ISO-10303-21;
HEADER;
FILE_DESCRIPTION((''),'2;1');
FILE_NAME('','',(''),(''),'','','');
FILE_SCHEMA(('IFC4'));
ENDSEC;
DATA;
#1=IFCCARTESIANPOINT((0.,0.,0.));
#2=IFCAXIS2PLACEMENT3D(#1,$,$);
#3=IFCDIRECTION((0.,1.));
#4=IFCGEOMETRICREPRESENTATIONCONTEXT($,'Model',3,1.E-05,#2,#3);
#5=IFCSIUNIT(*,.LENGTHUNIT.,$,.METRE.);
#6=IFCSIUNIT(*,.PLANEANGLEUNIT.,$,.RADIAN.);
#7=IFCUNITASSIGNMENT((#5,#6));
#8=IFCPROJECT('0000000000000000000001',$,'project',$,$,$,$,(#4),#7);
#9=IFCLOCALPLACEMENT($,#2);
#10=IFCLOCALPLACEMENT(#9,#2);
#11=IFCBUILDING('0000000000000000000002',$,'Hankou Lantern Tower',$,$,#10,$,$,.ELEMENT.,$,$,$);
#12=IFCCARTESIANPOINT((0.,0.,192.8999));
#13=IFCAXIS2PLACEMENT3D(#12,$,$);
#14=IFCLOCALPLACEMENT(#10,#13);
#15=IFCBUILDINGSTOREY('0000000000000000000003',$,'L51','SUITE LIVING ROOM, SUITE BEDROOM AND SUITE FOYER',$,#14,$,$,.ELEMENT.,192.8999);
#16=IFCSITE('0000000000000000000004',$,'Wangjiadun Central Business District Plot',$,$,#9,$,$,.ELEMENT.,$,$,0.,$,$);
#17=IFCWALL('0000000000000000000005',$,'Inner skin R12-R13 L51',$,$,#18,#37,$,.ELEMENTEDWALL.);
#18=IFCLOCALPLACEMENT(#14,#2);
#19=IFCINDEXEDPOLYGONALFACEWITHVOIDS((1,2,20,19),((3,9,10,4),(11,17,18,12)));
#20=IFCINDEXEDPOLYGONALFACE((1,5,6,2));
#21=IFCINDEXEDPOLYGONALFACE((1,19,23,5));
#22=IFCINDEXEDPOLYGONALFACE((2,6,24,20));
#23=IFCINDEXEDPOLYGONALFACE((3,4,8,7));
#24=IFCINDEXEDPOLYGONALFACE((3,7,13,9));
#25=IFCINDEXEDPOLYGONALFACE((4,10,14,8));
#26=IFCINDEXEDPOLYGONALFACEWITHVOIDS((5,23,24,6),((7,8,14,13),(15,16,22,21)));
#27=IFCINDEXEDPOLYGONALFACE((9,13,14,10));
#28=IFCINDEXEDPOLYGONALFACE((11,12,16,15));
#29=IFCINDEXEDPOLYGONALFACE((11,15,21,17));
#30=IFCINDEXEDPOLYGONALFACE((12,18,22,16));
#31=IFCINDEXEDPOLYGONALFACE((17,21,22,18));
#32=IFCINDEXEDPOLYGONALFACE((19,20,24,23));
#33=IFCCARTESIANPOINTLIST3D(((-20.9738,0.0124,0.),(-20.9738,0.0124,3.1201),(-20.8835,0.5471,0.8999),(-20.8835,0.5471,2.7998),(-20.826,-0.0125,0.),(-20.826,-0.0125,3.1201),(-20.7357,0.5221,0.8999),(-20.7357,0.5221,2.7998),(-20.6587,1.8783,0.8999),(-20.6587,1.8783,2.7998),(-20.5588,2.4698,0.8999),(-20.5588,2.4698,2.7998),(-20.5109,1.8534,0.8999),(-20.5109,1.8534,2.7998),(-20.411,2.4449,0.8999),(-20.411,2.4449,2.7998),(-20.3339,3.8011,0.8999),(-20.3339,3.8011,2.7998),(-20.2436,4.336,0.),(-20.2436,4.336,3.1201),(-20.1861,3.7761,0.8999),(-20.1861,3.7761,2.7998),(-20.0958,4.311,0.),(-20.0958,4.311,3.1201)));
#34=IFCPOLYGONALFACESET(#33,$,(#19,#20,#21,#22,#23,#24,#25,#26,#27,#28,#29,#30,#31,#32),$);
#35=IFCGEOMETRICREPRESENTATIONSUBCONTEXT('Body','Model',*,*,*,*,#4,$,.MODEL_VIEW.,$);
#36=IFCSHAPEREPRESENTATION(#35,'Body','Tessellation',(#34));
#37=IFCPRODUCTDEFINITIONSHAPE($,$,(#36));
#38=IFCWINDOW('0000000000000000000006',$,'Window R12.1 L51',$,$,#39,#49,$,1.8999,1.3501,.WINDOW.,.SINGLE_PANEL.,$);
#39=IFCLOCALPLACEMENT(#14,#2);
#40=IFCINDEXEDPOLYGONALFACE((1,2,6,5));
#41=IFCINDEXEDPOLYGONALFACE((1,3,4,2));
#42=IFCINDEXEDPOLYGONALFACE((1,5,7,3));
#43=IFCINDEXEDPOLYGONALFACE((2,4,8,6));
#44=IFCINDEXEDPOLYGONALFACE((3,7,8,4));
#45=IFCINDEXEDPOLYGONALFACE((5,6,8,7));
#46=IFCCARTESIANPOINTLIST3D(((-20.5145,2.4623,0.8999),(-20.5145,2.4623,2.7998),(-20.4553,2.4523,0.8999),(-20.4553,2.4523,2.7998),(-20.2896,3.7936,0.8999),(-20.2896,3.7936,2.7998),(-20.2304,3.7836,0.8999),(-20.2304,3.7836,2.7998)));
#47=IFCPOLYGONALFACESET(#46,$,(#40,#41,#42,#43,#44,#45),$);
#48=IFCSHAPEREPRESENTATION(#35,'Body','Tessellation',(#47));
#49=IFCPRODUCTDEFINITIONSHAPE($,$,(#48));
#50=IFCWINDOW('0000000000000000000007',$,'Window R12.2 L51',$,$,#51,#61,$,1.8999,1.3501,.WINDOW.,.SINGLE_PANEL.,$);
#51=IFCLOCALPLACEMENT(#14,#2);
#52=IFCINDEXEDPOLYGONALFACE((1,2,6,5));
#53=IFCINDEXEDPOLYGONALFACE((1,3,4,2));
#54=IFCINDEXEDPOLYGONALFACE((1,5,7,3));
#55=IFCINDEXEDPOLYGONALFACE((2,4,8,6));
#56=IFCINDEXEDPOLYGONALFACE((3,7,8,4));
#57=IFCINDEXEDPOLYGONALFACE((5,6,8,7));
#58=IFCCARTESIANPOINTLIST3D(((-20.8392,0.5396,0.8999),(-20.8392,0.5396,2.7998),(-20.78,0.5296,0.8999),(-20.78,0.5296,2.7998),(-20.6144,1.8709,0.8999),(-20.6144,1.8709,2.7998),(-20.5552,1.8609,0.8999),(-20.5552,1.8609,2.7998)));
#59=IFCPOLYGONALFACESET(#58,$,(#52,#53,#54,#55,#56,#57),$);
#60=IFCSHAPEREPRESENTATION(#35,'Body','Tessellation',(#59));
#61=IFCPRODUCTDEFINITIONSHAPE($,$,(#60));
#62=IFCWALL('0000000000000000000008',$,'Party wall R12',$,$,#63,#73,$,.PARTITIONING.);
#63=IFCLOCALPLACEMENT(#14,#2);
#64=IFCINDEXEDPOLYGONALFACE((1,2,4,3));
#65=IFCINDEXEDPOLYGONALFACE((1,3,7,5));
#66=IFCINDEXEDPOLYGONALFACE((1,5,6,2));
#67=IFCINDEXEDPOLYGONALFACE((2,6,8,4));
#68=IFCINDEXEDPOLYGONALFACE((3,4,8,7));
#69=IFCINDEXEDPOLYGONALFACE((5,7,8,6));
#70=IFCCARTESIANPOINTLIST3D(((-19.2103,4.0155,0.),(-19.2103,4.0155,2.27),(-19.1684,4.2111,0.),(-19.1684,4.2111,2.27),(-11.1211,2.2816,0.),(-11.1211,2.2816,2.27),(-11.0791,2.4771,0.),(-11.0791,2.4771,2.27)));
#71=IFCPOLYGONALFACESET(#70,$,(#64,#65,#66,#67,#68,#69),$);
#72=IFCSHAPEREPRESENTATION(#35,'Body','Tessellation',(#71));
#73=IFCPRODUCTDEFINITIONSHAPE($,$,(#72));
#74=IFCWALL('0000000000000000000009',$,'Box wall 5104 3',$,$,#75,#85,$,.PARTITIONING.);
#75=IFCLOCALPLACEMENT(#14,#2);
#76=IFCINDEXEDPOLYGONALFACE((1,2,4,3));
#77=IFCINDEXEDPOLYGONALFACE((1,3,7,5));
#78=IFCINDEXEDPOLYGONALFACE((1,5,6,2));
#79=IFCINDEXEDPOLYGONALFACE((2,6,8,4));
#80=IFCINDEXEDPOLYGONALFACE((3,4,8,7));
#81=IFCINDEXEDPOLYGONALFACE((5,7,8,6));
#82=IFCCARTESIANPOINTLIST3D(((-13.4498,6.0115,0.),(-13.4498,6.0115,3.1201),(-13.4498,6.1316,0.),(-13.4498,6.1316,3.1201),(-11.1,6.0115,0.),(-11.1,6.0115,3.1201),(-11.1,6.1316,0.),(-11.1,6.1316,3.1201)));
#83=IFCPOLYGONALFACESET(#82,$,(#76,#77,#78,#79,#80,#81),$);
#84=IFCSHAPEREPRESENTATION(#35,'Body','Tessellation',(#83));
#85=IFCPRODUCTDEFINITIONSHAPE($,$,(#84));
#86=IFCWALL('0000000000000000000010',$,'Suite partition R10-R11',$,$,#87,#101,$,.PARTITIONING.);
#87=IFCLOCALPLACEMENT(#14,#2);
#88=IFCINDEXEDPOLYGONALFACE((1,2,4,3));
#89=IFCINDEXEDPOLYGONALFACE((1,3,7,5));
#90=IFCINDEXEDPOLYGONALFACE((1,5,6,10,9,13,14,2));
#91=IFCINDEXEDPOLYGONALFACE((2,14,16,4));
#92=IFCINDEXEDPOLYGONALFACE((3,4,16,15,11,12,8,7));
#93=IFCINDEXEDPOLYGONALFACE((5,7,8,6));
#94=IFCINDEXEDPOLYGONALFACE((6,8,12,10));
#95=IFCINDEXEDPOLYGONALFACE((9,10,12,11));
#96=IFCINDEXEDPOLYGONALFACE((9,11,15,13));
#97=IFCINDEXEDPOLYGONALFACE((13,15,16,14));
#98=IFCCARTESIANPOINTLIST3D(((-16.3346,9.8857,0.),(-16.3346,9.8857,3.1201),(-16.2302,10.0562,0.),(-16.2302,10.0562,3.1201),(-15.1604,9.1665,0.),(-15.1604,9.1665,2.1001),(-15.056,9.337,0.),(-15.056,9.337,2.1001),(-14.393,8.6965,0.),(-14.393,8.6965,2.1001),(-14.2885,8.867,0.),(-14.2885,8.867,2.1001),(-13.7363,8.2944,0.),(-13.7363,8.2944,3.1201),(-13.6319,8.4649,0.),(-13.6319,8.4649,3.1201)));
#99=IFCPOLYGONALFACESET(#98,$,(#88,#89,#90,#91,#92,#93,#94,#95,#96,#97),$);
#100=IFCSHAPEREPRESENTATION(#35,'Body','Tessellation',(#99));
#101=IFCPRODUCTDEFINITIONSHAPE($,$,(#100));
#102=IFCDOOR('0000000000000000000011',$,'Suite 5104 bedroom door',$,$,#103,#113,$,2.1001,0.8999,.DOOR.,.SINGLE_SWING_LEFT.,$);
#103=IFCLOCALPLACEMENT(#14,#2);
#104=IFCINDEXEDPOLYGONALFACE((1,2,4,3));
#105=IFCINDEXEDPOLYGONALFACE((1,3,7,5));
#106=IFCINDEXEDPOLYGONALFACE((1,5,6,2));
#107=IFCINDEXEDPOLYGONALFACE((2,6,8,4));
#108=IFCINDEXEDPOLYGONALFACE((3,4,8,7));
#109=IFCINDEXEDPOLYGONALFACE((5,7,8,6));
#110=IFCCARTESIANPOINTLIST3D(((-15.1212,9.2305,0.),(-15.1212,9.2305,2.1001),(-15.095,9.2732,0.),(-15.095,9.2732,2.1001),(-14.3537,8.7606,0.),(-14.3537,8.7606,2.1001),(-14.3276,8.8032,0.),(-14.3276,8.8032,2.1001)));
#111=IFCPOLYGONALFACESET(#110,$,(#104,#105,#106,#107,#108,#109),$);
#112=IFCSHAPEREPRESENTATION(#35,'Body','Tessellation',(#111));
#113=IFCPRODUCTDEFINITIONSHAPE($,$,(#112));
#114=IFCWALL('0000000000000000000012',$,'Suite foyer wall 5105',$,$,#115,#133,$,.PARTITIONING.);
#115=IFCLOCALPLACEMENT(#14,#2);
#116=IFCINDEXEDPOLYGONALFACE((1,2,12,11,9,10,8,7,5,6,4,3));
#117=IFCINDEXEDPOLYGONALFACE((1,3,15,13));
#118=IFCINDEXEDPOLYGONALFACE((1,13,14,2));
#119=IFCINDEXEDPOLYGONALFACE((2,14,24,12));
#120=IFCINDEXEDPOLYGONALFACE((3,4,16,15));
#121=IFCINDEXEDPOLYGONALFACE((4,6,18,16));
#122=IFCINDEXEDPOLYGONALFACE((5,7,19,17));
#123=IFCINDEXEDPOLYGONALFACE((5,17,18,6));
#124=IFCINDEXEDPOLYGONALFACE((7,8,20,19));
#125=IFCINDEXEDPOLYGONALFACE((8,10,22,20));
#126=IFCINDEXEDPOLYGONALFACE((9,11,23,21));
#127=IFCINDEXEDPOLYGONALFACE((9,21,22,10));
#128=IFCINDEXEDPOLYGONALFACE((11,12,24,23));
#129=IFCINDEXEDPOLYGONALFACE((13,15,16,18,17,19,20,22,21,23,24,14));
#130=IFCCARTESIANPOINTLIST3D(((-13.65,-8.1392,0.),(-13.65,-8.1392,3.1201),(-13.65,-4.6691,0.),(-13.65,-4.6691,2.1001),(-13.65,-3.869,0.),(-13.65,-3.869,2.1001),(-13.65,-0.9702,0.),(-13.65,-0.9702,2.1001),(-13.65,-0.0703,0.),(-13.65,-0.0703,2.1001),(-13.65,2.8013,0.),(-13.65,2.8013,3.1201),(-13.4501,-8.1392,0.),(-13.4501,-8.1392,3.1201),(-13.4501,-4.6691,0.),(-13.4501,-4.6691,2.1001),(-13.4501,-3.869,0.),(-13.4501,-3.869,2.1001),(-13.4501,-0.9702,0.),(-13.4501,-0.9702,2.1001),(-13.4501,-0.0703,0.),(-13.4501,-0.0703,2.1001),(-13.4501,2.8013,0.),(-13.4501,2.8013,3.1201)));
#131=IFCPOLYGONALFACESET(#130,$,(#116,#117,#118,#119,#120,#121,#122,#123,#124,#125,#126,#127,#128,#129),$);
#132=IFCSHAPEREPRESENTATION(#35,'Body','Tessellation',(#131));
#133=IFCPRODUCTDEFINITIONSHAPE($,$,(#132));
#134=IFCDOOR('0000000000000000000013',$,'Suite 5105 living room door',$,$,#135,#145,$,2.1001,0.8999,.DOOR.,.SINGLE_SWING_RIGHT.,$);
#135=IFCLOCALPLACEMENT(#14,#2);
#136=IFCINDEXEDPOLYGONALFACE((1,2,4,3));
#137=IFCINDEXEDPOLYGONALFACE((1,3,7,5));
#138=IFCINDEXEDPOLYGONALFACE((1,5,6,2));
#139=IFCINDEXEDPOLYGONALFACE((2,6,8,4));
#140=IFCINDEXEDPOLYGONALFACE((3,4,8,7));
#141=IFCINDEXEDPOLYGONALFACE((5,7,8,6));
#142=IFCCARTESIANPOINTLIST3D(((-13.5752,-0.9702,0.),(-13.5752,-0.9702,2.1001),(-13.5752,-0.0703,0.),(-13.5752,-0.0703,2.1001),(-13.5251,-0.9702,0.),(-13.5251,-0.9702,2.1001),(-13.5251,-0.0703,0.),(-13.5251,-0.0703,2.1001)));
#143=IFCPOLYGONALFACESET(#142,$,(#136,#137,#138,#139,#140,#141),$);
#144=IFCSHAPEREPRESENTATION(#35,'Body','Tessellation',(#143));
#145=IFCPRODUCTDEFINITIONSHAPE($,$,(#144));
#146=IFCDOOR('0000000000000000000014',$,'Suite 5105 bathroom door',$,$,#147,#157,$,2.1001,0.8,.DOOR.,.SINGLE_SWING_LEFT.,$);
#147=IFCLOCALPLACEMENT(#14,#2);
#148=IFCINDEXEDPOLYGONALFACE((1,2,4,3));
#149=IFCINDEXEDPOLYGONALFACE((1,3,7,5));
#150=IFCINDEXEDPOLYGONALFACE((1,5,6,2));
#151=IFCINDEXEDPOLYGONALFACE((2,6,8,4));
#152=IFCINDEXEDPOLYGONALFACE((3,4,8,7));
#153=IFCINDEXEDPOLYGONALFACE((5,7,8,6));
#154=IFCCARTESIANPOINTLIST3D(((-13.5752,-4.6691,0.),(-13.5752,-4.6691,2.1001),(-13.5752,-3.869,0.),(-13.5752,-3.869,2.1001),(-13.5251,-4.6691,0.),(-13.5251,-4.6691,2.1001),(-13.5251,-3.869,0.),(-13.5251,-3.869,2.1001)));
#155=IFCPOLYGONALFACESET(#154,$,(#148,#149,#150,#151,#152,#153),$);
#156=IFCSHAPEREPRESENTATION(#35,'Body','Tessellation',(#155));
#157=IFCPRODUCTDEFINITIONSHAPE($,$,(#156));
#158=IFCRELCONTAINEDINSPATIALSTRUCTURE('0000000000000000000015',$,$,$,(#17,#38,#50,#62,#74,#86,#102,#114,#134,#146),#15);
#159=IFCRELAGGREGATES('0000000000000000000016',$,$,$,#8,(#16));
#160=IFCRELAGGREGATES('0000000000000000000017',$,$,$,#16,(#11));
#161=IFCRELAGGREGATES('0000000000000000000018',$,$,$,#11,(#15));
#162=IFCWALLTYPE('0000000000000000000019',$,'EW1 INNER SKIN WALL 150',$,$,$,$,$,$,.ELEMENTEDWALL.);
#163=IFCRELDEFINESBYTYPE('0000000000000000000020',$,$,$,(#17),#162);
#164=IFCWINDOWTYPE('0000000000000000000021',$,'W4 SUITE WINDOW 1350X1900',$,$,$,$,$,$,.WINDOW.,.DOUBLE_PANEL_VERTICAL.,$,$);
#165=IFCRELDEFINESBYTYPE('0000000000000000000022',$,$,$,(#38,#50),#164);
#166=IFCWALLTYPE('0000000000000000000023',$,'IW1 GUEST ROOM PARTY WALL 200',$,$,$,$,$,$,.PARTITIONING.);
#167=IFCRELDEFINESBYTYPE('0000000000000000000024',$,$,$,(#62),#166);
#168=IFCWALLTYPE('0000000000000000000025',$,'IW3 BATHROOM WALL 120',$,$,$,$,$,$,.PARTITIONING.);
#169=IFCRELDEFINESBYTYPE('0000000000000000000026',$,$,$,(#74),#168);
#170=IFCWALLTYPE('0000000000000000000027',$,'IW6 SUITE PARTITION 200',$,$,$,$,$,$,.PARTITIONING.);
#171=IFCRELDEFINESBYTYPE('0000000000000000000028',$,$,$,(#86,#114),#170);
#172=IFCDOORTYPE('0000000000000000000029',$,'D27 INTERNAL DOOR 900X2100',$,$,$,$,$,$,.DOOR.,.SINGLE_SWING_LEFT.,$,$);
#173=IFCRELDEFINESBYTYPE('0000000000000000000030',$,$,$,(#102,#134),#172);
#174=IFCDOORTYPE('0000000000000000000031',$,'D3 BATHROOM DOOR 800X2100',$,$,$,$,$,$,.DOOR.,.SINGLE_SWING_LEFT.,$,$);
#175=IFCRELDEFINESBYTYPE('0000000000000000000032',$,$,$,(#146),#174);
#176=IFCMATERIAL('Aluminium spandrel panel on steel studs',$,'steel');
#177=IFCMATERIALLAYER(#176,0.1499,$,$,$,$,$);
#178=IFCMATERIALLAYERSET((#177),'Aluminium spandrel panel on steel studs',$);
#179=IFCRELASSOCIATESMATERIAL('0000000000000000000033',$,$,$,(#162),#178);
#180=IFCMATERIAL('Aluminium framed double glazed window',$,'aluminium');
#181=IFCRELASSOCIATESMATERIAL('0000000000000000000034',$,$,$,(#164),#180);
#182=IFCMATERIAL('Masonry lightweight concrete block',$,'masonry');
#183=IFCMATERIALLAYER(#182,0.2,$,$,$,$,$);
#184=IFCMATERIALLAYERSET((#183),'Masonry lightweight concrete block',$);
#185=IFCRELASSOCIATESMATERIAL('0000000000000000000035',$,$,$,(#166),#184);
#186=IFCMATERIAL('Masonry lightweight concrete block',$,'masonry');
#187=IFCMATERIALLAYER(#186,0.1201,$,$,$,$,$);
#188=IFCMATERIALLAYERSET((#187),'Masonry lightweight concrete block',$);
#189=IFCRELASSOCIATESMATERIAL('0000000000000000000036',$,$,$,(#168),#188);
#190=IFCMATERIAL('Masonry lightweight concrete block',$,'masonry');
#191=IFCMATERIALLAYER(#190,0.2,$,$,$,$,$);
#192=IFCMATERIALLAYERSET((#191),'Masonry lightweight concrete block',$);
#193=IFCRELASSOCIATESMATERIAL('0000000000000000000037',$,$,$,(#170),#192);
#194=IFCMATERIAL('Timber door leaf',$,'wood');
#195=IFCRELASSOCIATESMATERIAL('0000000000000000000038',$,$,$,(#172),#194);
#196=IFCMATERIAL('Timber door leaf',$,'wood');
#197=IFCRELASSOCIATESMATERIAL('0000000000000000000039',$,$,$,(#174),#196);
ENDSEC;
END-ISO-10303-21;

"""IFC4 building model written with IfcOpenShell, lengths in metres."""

from ifc_helpers import new_model, si_unit, direction, frame, frame_2d, origin, place, context, subcontext, project, spatial, rectangle, extrude, material, layer, layer_set, type_object, element, fill, save


model = new_model("IFC4")

# Units and contexts
model_context = context("Model", 3, precision=1e-05, world=origin(), true_north=direction((0.0, 1.0)))
body_context = subcontext(model_context, "Body", "Model", "MODEL_VIEW")
ifc_project = project(units=[si_unit("LENGTHUNIT", "METRE"), si_unit("PLANEANGLEUNIT", "RADIAN")], contexts=[model_context])

# Site, building, storey
site_placement = place(None, origin())
site = spatial("IfcSite", under=ifc_project, at=site_placement, Name="Wangjiadun Central Business District Plot", CompositionType="ELEMENT", RefElevation=0.0)
building_placement = place(site_placement, origin())
building = spatial("IfcBuilding", under=site, at=building_placement, Name="Hankou Lantern Tower", CompositionType="ELEMENT")
storey_placement = place(building_placement, frame((0.0, 0.0, 192.8999)))
storey = spatial("IfcBuildingStorey", under=building, at=storey_placement, Name="L51", Description="SUITE LIVING ROOM, SUITE BEDROOM AND SUITE FOYER", CompositionType="ELEMENT", Elevation=192.8999)

# Wall, openings, windows
ifc_material_1 = material(Name="Aluminium spandrel panel on steel studs", Category="steel")
ifc_layer_1 = layer(ifc_material_1, 0.1499)
ifc_layer_set_1 = layer_set([ifc_layer_1], Name="Aluminium spandrel panel on steel studs")
wall_type_1 = type_object("IfcWallType", Name="EW1 INNER SKIN WALL 150", PredefinedType="ELEMENTEDWALL", material=ifc_layer_set_1)
ifc_material_2 = material(Name="Aluminium framed double glazed window", Category="aluminium")
window_type = type_object("IfcWindowType", Name="W4 SUITE WINDOW 1350X1900", PartitioningType="DOUBLE_PANEL_VERTICAL", PredefinedType="WINDOW", material=ifc_material_2)
wall_1_placement = place(storey_placement, frame((-20.1697, 4.3235, 0.0), z_axis=(0.0, 0.0, 1.0), x_axis=(-0.166539, -0.986035, 0.0)))
wall_1 = element("IfcWall", 1, at=wall_1_placement, inside=storey, type_object=wall_type_1, Name="Inner skin R12-R13 L51", PredefinedType="ELEMENTEDWALL", context=body_context, shape_type="SweptSolid", body=[
    extrude(rectangle(XDim=4.3848, YDim=0.1499, at=frame_2d((2.1924, 0.0))), origin(), (0.0, 0.0, 1.0), 3.1201),
])
opening_1_placement = place(wall_1_placement, frame((0.5425, 0.0, 0.8999)))
opening_1 = element("IfcOpeningElement", 2, at=opening_1_placement, cuts=wall_1, PredefinedType="OPENING", context=body_context, shape_type="SweptSolid", body=[
    extrude(rectangle(XDim=1.3501, YDim=1.8999, at=frame_2d((0.675, 0.95))), frame((0.0, 0.085, 0.0), z_axis=(0.0, -1.0, 0.0), x_axis=(1.0, 0.0, 0.0)), (0.0, 0.0, 1.0), 0.1699),
])
opening_2_placement = place(wall_1_placement, frame((2.4924, 0.0, 0.8999)))
opening_2 = element("IfcOpeningElement", 3, at=opening_2_placement, cuts=wall_1, PredefinedType="OPENING", context=body_context, shape_type="SweptSolid", body=[
    extrude(rectangle(XDim=1.3501, YDim=1.8999, at=frame_2d((0.675, 0.95))), frame((0.0, 0.085, 0.0), z_axis=(0.0, -1.0, 0.0), x_axis=(1.0, 0.0, 0.0)), (0.0, 0.0, 1.0), 0.1699),
])
window_1_placement = place(opening_1_placement, origin())
window_1 = element("IfcWindow", 4, at=window_1_placement, inside=storey, type_object=window_type, Name="Window R12.1 L51", OverallHeight=1.8999, OverallWidth=1.3501, PartitioningType="SINGLE_PANEL", PredefinedType="WINDOW", context=body_context, shape_type="SweptSolid", body=[
    extrude(rectangle(XDim=1.3501, YDim=1.8999, at=frame_2d((0.675, 0.95))), frame((0.0, 0.03, 0.0), z_axis=(0.0, -1.0, 0.0), x_axis=(1.0, 0.0, 0.0)), (0.0, 0.0, 1.0), 0.0601),
])
fill(opening_1, window_1)
window_2_placement = place(opening_2_placement, origin())
window_2 = element("IfcWindow", 5, at=window_2_placement, inside=storey, type_object=window_type, Name="Window R12.2 L51", OverallHeight=1.8999, OverallWidth=1.3501, PartitioningType="SINGLE_PANEL", PredefinedType="WINDOW", context=body_context, shape_type="SweptSolid", body=[
    extrude(rectangle(XDim=1.3501, YDim=1.8999, at=frame_2d((0.675, 0.95))), frame((0.0, 0.03, 0.0), z_axis=(0.0, -1.0, 0.0), x_axis=(1.0, 0.0, 0.0)), (0.0, 0.0, 1.0), 0.0601),
])
fill(opening_2, window_2)

# Walls
ifc_material_3 = material(Name="Masonry lightweight concrete block", Category="masonry")
ifc_layer_2 = layer(ifc_material_3, 0.2)
ifc_layer_set_2 = layer_set([ifc_layer_2], Name="Masonry lightweight concrete block")
wall_type_2 = type_object("IfcWallType", Name="IW1 GUEST ROOM PARTY WALL 200", PredefinedType="PARTITIONING", material=ifc_layer_set_2)
wall_2_placement = place(storey_placement, frame((-11.1001, 2.3794, 0.0), z_axis=(0.0, 0.0, 1.0), x_axis=(-0.97779, 0.209588, 0.0)))
element("IfcWall", 6, at=wall_2_placement, inside=storey, type_object=wall_type_2, Name="Party wall R12", PredefinedType="PARTITIONING", context=body_context, shape_type="SweptSolid", body=[
    extrude(rectangle(XDim=8.2729, YDim=0.2, at=frame_2d((4.1365, 0.0))), origin(), (0.0, 0.0, 1.0), 2.27),
])
ifc_material_4 = material(Name="Masonry lightweight concrete block", Category="masonry")
ifc_layer_3 = layer(ifc_material_4, 0.1201)
ifc_layer_set_3 = layer_set([ifc_layer_3], Name="Masonry lightweight concrete block")
wall_type_3 = type_object("IfcWallType", Name="IW3 BATHROOM WALL 120", PredefinedType="PARTITIONING", material=ifc_layer_set_3)
wall_3_placement = place(storey_placement, frame((-11.1001, 6.0715, 0.0), z_axis=(0.0, 0.0, 1.0), x_axis=(-1.0, 0.0, 0.0)))
element("IfcWall", 7, at=wall_3_placement, inside=storey, type_object=wall_type_3, Name="Box wall 5104 3", PredefinedType="PARTITIONING", context=body_context, shape_type="SweptSolid", body=[
    extrude(rectangle(XDim=2.3499, YDim=0.1201, at=frame_2d((1.1748, 0.0))), origin(), (0.0, 0.0, 1.0), 3.1201),
])

# Wall, opening, door
ifc_material_5 = material(Name="Masonry lightweight concrete block", Category="masonry")
ifc_layer_4 = layer(ifc_material_5, 0.2)
ifc_layer_set_4 = layer_set([ifc_layer_4], Name="Masonry lightweight concrete block")
wall_type_4 = type_object("IfcWallType", Name="IW6 SUITE PARTITION 200", PredefinedType="PARTITIONING", material=ifc_layer_set_4)
wall_4_placement = place(storey_placement, frame((-13.6841, 8.3796, 0.0), z_axis=(0.0, 0.0, 1.0), x_axis=(-0.852784, 0.522263, 0.0)))
wall_4 = element("IfcWall", 8, at=wall_4_placement, inside=storey, type_object=wall_type_4, Name="Suite partition R10-R11", PredefinedType="PARTITIONING", context=body_context, shape_type="SweptSolid", body=[
    extrude(rectangle(XDim=3.0469, YDim=0.2, at=frame_2d((1.5234, 0.0))), origin(), (0.0, 0.0, 1.0), 3.1201),
])
opening_3_placement = place(wall_4_placement, frame((0.77, 0.0, 0.0)))
opening_3 = element("IfcOpeningElement", 9, at=opening_3_placement, cuts=wall_4, PredefinedType="OPENING", context=body_context, shape_type="SweptSolid", body=[
    extrude(rectangle(XDim=0.8999, YDim=2.1001, at=frame_2d((0.45, 1.05))), frame((0.0, 0.1099, 0.0), z_axis=(0.0, -1.0, 0.0), x_axis=(1.0, 0.0, 0.0)), (0.0, 0.0, 1.0), 0.22),
])
ifc_material_6 = material(Name="Timber door leaf", Category="wood")
door_type_1 = type_object("IfcDoorType", Name="D27 INTERNAL DOOR 900X2100", OperationType="SINGLE_SWING_LEFT", PredefinedType="DOOR", material=ifc_material_6)
door_1_placement = place(opening_3_placement, origin())
door_1 = element("IfcDoor", 10, at=door_1_placement, inside=storey, type_object=door_type_1, Name="Suite 5104 bedroom door", OperationType="SINGLE_SWING_LEFT", OverallHeight=2.1001, OverallWidth=0.8999, PredefinedType="DOOR", context=body_context, shape_type="SweptSolid", body=[
    extrude(rectangle(XDim=0.8999, YDim=2.1001, at=frame_2d((0.45, 1.05))), frame((0.0, 0.0249, 0.0), z_axis=(0.0, -1.0, 0.0), x_axis=(1.0, 0.0, 0.0)), (0.0, 0.0, 1.0), 0.05),
])
fill(opening_3, door_1)

# Wall, openings, doors
wall_5_placement = place(storey_placement, frame((-13.55, 2.8013, 0.0), z_axis=(0.0, 0.0, 1.0), x_axis=(0.0, -1.0, 0.0)))
wall_5 = element("IfcWall", 11, at=wall_5_placement, inside=storey, type_object=wall_type_4, Name="Suite foyer wall 5105", PredefinedType="PARTITIONING", context=body_context, shape_type="SweptSolid", body=[
    extrude(rectangle(XDim=10.9404, YDim=0.2, at=frame_2d((5.4702, 0.0))), origin(), (0.0, 0.0, 1.0), 3.1201),
])
opening_4_placement = place(wall_5_placement, frame((6.6704, 0.0, 0.0)))
opening_4 = element("IfcOpeningElement", 12, at=opening_4_placement, cuts=wall_5, PredefinedType="OPENING", context=body_context, shape_type="SweptSolid", body=[
    extrude(rectangle(XDim=0.8, YDim=2.1001, at=frame_2d((0.3999, 1.05))), frame((0.0, 0.1099, 0.0), z_axis=(0.0, -1.0, 0.0), x_axis=(1.0, 0.0, 0.0)), (0.0, 0.0, 1.0), 0.22),
])
opening_5_placement = place(wall_5_placement, frame((2.8716, 0.0, 0.0)))
opening_5 = element("IfcOpeningElement", 13, at=opening_5_placement, cuts=wall_5, PredefinedType="OPENING", context=body_context, shape_type="SweptSolid", body=[
    extrude(rectangle(XDim=0.8999, YDim=2.1001, at=frame_2d((0.45, 1.05))), frame((0.0, 0.1099, 0.0), z_axis=(0.0, -1.0, 0.0), x_axis=(1.0, 0.0, 0.0)), (0.0, 0.0, 1.0), 0.22),
])
door_2_placement = place(opening_5_placement, origin())
door_2 = element("IfcDoor", 14, at=door_2_placement, inside=storey, type_object=door_type_1, Name="Suite 5105 living room door", OperationType="SINGLE_SWING_RIGHT", OverallHeight=2.1001, OverallWidth=0.8999, PredefinedType="DOOR", context=body_context, shape_type="SweptSolid", body=[
    extrude(rectangle(XDim=0.8999, YDim=2.1001, at=frame_2d((0.45, 1.05))), frame((0.0, 0.0249, 0.0), z_axis=(0.0, -1.0, 0.0), x_axis=(1.0, 0.0, 0.0)), (0.0, 0.0, 1.0), 0.05),
])
fill(opening_5, door_2)
ifc_material_7 = material(Name="Timber door leaf", Category="wood")
door_type_2 = type_object("IfcDoorType", Name="D3 BATHROOM DOOR 800X2100", OperationType="SINGLE_SWING_LEFT", PredefinedType="DOOR", material=ifc_material_7)
door_3_placement = place(opening_4_placement, origin())
door_3 = element("IfcDoor", 15, at=door_3_placement, inside=storey, type_object=door_type_2, Name="Suite 5105 bathroom door", OperationType="SINGLE_SWING_LEFT", OverallHeight=2.1001, OverallWidth=0.8, PredefinedType="DOOR", context=body_context, shape_type="SweptSolid", body=[
    extrude(rectangle(XDim=0.8, YDim=2.1001, at=frame_2d((0.3999, 1.05))), frame((0.0, 0.0249, 0.0), z_axis=(0.0, -1.0, 0.0), x_axis=(1.0, 0.0, 0.0)), (0.0, 0.0, 1.0), 0.05),
])
fill(opening_4, door_3)

save(model, "model.ifc")
